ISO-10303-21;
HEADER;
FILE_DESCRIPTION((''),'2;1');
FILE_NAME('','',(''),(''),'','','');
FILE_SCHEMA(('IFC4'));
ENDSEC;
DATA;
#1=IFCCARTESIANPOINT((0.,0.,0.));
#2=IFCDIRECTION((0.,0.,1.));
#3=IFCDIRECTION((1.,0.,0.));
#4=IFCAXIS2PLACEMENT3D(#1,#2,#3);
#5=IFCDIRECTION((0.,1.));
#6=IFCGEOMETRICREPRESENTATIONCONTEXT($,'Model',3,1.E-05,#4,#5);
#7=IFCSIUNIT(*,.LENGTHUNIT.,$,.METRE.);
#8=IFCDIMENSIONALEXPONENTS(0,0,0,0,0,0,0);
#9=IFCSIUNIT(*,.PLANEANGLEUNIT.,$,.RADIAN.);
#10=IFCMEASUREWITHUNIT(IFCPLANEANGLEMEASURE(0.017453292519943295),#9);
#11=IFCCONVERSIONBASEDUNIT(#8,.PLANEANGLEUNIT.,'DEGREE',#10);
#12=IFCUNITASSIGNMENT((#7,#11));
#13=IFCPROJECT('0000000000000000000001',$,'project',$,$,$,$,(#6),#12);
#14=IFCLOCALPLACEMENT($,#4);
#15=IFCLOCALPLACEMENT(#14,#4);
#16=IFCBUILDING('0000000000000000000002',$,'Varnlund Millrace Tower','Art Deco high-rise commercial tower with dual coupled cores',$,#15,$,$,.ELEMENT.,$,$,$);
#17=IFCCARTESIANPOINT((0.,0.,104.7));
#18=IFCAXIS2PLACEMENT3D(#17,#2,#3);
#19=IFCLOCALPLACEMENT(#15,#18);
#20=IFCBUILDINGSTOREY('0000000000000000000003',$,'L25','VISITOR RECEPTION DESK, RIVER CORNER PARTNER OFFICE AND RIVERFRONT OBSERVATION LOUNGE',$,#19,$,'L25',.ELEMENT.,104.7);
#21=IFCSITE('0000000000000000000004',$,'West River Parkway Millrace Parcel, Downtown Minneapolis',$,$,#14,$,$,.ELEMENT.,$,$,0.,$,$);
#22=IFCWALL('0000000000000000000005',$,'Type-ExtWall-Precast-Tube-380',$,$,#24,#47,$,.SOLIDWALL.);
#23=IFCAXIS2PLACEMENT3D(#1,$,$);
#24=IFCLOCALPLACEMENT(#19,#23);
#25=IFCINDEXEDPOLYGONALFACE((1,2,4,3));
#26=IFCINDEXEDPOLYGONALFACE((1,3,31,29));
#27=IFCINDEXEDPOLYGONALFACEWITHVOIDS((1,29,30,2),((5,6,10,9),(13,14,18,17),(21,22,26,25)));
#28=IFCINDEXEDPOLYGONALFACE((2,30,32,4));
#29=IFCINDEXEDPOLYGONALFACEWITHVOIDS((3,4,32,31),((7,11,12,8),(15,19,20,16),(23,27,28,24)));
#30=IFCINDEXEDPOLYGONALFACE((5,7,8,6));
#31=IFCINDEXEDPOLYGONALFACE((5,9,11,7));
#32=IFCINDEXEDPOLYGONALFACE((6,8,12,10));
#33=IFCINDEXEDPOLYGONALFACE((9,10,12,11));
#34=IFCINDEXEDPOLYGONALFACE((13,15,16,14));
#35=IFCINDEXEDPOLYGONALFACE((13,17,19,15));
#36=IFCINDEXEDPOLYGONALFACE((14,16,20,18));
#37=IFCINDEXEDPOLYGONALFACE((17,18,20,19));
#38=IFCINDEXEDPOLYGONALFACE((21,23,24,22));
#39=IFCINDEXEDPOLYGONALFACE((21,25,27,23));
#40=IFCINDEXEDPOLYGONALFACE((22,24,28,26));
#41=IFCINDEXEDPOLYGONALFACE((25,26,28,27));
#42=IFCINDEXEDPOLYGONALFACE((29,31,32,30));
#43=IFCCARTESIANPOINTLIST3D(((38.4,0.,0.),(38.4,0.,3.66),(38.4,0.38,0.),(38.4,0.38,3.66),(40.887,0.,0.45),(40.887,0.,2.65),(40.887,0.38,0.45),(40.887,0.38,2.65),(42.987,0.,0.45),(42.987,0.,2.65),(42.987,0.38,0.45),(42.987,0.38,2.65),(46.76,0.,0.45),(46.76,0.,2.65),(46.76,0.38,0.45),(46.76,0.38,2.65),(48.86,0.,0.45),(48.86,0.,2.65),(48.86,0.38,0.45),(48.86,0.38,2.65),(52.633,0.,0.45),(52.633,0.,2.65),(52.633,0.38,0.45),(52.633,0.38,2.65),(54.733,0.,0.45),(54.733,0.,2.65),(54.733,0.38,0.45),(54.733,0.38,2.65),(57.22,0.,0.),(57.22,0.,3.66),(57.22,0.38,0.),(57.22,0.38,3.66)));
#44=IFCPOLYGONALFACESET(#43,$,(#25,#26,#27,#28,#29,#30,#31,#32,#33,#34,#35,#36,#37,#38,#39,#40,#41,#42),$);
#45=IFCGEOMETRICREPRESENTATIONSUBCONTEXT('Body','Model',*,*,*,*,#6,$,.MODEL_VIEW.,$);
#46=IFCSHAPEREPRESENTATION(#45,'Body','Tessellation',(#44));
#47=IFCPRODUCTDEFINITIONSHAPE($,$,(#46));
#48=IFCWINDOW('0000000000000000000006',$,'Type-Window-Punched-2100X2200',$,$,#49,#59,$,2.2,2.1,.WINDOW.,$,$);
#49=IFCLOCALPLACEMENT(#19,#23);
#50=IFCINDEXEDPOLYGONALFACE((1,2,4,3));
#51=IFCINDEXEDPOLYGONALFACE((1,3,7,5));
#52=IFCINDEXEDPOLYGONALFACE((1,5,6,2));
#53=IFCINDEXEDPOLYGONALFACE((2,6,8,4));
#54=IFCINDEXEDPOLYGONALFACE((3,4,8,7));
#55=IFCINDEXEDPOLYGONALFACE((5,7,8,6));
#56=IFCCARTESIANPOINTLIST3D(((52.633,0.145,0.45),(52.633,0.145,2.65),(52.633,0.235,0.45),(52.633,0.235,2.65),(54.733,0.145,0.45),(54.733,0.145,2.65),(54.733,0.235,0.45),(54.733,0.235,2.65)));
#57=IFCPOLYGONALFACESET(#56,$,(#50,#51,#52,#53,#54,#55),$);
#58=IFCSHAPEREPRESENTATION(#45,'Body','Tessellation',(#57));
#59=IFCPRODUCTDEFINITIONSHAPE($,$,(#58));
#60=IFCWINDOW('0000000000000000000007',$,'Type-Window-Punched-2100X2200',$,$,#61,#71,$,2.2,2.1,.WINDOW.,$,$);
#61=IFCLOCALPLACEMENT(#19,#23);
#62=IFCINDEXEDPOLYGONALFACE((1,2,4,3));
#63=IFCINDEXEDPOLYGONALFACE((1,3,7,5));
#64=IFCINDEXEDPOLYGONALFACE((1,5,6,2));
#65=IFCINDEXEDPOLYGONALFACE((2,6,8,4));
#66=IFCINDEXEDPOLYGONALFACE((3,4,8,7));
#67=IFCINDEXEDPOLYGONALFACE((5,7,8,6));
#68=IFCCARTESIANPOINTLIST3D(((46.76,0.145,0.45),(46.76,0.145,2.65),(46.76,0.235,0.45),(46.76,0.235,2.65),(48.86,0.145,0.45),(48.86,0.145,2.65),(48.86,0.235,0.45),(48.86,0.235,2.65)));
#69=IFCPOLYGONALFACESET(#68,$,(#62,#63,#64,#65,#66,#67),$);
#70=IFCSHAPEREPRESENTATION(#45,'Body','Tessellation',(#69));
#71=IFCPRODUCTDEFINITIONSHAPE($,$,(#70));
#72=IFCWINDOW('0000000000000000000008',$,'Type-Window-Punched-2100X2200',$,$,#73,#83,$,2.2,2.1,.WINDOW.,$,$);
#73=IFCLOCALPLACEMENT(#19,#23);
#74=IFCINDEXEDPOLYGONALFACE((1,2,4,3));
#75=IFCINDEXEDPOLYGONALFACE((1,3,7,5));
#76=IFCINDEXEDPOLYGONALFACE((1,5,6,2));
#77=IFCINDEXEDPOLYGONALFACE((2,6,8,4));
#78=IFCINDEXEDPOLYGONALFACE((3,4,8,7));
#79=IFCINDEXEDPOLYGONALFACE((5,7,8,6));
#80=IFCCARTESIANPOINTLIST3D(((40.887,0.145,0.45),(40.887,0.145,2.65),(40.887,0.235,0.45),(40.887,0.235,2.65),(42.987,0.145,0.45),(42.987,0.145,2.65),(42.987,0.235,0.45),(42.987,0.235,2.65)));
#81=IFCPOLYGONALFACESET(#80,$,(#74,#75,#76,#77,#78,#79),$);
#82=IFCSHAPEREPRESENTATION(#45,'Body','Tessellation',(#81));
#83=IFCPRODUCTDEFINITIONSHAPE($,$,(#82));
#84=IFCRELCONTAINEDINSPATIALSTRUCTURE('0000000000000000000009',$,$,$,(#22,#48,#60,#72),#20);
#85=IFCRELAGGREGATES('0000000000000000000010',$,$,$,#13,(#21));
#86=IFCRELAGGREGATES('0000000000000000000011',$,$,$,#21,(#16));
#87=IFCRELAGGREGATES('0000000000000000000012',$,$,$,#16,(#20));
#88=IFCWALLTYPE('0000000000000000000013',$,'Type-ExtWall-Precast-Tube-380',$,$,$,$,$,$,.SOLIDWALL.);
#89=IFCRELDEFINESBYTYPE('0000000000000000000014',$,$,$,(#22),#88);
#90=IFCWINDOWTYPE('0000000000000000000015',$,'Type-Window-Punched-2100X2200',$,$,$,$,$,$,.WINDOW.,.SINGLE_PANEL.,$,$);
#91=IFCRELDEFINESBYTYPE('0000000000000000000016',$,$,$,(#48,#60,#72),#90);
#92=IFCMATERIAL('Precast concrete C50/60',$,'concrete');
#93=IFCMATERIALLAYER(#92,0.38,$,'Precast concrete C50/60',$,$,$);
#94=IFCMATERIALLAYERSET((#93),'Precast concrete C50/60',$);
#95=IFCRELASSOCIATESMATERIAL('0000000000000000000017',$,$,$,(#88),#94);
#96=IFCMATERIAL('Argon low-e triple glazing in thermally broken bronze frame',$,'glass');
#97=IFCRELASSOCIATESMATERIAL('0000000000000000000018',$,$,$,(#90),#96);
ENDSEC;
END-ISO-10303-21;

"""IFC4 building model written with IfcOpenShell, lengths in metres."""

from ifc_helpers import new_model, entity, si_unit, converted_unit, direction, frame, origin_with_axes, origin_2d_with_axis, place, context, subcontext, project, spatial, polyline, rectangle, outline, extrude, material, layer, layer_set, type_object, element, fill, save


model = new_model("IFC4")

# Units and contexts
model_context = context("Model", 3, precision=1e-05, world=origin_with_axes(), true_north=direction((0.0, 1.0)))
body_context = subcontext(model_context, "Body", "Model", "MODEL_VIEW")
ifc_project = project(units=[si_unit("LENGTHUNIT", "METRE"), converted_unit("PLANEANGLEUNIT", "DEGREE", entity("IfcPlaneAngleMeasure", 0.017453292519943295), si_unit("PLANEANGLEUNIT", "RADIAN"), dimensions=[0, 0, 0, 0, 0, 0, 0])], contexts=[model_context])

# Site, building, storey
site_placement = place(None, origin_with_axes())
site = spatial("IfcSite", under=ifc_project, at=site_placement, Name="West River Parkway Millrace Parcel, Downtown Minneapolis", CompositionType="ELEMENT", RefElevation=0.0)
building_placement = place(site_placement, origin_with_axes())
building = spatial("IfcBuilding", under=site, at=building_placement, Name="Varnlund Millrace Tower", Description="Art Deco high-rise commercial tower with dual coupled cores", CompositionType="ELEMENT")
storey_placement = place(building_placement, frame((0.0, 0.0, 104.7), z_axis=(0.0, 0.0, 1.0), x_axis=(1.0, 0.0, 0.0)))
storey = spatial("IfcBuildingStorey", under=building, at=storey_placement, Name="L25", Description="VISITOR RECEPTION DESK, RIVER CORNER PARTNER OFFICE AND RIVERFRONT OBSERVATION LOUNGE", LongName="L25", CompositionType="ELEMENT", Elevation=104.7)

# Shared definitions
ifc_material_1 = material(Name="Precast concrete C50/60", Category="concrete")
ifc_layer = layer(ifc_material_1, 0.38, Name="Precast concrete C50/60")
ifc_layer_set = layer_set([ifc_layer], Name="Precast concrete C50/60")
wall_type = type_object("IfcWallType", Name="Type-ExtWall-Precast-Tube-380", PredefinedType="SOLIDWALL", material=ifc_layer_set)

# Wall, openings, windows
wall_1_placement = place(storey_placement, frame((57.22, 0.19, 0.0), z_axis=(0.0, 0.0, 1.0), x_axis=(-1.0, 0.0, 0.0)))
wall_1 = element("IfcWall", 1, at=wall_1_placement, inside=storey, type_object=wall_type, Name="Type-ExtWall-Precast-Tube-380", PredefinedType="SOLIDWALL", context=body_context, shape_type="SweptSolid", body=[
    extrude(outline(polyline([(0.0, -0.19), (18.82, -0.19), (18.82, 0.19), (0.0, 0.19), (0.0, -0.19)])), origin_with_axes(), (0.0, 0.0, 1.0), 3.66),
])
opening_1_placement = place(wall_1_placement, frame((3.537, 0.0, 0.45), z_axis=(0.0, 0.0, 1.0), x_axis=(1.0, 0.0, 0.0)))
opening_1 = element("IfcOpeningElement", 2, at=opening_1_placement, cuts=wall_1, PredefinedType="OPENING", context=body_context, shape_type="SweptSolid", body=[
    extrude(rectangle(XDim=2.1, YDim=0.4, at=origin_2d_with_axis()), origin_with_axes(), (0.0, 0.0, 1.0), 2.2),
])
opening_2_placement = place(wall_1_placement, frame((9.41, 0.0, 0.45), z_axis=(0.0, 0.0, 1.0), x_axis=(1.0, 0.0, 0.0)))
opening_2 = element("IfcOpeningElement", 3, at=opening_2_placement, cuts=wall_1, PredefinedType="OPENING", context=body_context, shape_type="SweptSolid", body=[
    extrude(rectangle(XDim=2.1, YDim=0.4, at=origin_2d_with_axis()), origin_with_axes(), (0.0, 0.0, 1.0), 2.2),
])
opening_3_placement = place(wall_1_placement, frame((15.283, 0.0, 0.45), z_axis=(0.0, 0.0, 1.0), x_axis=(1.0, 0.0, 0.0)))
opening_3 = element("IfcOpeningElement", 4, at=opening_3_placement, cuts=wall_1, PredefinedType="OPENING", context=body_context, shape_type="SweptSolid", body=[
    extrude(rectangle(XDim=2.1, YDim=0.4, at=origin_2d_with_axis()), origin_with_axes(), (0.0, 0.0, 1.0), 2.2),
])
ifc_material_2 = material(Name="Argon low-e triple glazing in thermally broken bronze frame", Category="glass")
window_type = type_object("IfcWindowType", Name="Type-Window-Punched-2100X2200", PartitioningType="SINGLE_PANEL", PredefinedType="WINDOW", material=ifc_material_2)
window_1_placement = place(wall_1_placement, frame((3.537, 0.0, 0.45), z_axis=(0.0, 0.0, 1.0), x_axis=(1.0, 0.0, 0.0)))
window_1 = element("IfcWindow", 5, at=window_1_placement, inside=storey, type_object=window_type, Name="Type-Window-Punched-2100X2200", OverallHeight=2.2, OverallWidth=2.1, PredefinedType="WINDOW", context=body_context, shape_type="SweptSolid", body=[
    extrude(rectangle(XDim=2.1, YDim=0.09, at=origin_2d_with_axis()), origin_with_axes(), (0.0, 0.0, 1.0), 2.2),
])
fill(opening_1, window_1)
window_2_placement = place(wall_1_placement, frame((9.41, 0.0, 0.45), z_axis=(0.0, 0.0, 1.0), x_axis=(1.0, 0.0, 0.0)))
window_2 = element("IfcWindow", 6, at=window_2_placement, inside=storey, type_object=window_type, Name="Type-Window-Punched-2100X2200", OverallHeight=2.2, OverallWidth=2.1, PredefinedType="WINDOW", context=body_context, shape_type="SweptSolid", body=[
    extrude(rectangle(XDim=2.1, YDim=0.09, at=origin_2d_with_axis()), origin_with_axes(), (0.0, 0.0, 1.0), 2.2),
])
fill(opening_2, window_2)
window_3_placement = place(wall_1_placement, frame((15.283, 0.0, 0.45), z_axis=(0.0, 0.0, 1.0), x_axis=(1.0, 0.0, 0.0)))
window_3 = element("IfcWindow", 7, at=window_3_placement, inside=storey, type_object=window_type, Name="Type-Window-Punched-2100X2200", OverallHeight=2.2, OverallWidth=2.1, PredefinedType="WINDOW", context=body_context, shape_type="SweptSolid", body=[
    extrude(rectangle(XDim=2.1, YDim=0.09, at=origin_2d_with_axis()), origin_with_axes(), (0.0, 0.0, 1.0), 2.2),
])
fill(opening_3, window_3)

save(model, "model.ifc")
